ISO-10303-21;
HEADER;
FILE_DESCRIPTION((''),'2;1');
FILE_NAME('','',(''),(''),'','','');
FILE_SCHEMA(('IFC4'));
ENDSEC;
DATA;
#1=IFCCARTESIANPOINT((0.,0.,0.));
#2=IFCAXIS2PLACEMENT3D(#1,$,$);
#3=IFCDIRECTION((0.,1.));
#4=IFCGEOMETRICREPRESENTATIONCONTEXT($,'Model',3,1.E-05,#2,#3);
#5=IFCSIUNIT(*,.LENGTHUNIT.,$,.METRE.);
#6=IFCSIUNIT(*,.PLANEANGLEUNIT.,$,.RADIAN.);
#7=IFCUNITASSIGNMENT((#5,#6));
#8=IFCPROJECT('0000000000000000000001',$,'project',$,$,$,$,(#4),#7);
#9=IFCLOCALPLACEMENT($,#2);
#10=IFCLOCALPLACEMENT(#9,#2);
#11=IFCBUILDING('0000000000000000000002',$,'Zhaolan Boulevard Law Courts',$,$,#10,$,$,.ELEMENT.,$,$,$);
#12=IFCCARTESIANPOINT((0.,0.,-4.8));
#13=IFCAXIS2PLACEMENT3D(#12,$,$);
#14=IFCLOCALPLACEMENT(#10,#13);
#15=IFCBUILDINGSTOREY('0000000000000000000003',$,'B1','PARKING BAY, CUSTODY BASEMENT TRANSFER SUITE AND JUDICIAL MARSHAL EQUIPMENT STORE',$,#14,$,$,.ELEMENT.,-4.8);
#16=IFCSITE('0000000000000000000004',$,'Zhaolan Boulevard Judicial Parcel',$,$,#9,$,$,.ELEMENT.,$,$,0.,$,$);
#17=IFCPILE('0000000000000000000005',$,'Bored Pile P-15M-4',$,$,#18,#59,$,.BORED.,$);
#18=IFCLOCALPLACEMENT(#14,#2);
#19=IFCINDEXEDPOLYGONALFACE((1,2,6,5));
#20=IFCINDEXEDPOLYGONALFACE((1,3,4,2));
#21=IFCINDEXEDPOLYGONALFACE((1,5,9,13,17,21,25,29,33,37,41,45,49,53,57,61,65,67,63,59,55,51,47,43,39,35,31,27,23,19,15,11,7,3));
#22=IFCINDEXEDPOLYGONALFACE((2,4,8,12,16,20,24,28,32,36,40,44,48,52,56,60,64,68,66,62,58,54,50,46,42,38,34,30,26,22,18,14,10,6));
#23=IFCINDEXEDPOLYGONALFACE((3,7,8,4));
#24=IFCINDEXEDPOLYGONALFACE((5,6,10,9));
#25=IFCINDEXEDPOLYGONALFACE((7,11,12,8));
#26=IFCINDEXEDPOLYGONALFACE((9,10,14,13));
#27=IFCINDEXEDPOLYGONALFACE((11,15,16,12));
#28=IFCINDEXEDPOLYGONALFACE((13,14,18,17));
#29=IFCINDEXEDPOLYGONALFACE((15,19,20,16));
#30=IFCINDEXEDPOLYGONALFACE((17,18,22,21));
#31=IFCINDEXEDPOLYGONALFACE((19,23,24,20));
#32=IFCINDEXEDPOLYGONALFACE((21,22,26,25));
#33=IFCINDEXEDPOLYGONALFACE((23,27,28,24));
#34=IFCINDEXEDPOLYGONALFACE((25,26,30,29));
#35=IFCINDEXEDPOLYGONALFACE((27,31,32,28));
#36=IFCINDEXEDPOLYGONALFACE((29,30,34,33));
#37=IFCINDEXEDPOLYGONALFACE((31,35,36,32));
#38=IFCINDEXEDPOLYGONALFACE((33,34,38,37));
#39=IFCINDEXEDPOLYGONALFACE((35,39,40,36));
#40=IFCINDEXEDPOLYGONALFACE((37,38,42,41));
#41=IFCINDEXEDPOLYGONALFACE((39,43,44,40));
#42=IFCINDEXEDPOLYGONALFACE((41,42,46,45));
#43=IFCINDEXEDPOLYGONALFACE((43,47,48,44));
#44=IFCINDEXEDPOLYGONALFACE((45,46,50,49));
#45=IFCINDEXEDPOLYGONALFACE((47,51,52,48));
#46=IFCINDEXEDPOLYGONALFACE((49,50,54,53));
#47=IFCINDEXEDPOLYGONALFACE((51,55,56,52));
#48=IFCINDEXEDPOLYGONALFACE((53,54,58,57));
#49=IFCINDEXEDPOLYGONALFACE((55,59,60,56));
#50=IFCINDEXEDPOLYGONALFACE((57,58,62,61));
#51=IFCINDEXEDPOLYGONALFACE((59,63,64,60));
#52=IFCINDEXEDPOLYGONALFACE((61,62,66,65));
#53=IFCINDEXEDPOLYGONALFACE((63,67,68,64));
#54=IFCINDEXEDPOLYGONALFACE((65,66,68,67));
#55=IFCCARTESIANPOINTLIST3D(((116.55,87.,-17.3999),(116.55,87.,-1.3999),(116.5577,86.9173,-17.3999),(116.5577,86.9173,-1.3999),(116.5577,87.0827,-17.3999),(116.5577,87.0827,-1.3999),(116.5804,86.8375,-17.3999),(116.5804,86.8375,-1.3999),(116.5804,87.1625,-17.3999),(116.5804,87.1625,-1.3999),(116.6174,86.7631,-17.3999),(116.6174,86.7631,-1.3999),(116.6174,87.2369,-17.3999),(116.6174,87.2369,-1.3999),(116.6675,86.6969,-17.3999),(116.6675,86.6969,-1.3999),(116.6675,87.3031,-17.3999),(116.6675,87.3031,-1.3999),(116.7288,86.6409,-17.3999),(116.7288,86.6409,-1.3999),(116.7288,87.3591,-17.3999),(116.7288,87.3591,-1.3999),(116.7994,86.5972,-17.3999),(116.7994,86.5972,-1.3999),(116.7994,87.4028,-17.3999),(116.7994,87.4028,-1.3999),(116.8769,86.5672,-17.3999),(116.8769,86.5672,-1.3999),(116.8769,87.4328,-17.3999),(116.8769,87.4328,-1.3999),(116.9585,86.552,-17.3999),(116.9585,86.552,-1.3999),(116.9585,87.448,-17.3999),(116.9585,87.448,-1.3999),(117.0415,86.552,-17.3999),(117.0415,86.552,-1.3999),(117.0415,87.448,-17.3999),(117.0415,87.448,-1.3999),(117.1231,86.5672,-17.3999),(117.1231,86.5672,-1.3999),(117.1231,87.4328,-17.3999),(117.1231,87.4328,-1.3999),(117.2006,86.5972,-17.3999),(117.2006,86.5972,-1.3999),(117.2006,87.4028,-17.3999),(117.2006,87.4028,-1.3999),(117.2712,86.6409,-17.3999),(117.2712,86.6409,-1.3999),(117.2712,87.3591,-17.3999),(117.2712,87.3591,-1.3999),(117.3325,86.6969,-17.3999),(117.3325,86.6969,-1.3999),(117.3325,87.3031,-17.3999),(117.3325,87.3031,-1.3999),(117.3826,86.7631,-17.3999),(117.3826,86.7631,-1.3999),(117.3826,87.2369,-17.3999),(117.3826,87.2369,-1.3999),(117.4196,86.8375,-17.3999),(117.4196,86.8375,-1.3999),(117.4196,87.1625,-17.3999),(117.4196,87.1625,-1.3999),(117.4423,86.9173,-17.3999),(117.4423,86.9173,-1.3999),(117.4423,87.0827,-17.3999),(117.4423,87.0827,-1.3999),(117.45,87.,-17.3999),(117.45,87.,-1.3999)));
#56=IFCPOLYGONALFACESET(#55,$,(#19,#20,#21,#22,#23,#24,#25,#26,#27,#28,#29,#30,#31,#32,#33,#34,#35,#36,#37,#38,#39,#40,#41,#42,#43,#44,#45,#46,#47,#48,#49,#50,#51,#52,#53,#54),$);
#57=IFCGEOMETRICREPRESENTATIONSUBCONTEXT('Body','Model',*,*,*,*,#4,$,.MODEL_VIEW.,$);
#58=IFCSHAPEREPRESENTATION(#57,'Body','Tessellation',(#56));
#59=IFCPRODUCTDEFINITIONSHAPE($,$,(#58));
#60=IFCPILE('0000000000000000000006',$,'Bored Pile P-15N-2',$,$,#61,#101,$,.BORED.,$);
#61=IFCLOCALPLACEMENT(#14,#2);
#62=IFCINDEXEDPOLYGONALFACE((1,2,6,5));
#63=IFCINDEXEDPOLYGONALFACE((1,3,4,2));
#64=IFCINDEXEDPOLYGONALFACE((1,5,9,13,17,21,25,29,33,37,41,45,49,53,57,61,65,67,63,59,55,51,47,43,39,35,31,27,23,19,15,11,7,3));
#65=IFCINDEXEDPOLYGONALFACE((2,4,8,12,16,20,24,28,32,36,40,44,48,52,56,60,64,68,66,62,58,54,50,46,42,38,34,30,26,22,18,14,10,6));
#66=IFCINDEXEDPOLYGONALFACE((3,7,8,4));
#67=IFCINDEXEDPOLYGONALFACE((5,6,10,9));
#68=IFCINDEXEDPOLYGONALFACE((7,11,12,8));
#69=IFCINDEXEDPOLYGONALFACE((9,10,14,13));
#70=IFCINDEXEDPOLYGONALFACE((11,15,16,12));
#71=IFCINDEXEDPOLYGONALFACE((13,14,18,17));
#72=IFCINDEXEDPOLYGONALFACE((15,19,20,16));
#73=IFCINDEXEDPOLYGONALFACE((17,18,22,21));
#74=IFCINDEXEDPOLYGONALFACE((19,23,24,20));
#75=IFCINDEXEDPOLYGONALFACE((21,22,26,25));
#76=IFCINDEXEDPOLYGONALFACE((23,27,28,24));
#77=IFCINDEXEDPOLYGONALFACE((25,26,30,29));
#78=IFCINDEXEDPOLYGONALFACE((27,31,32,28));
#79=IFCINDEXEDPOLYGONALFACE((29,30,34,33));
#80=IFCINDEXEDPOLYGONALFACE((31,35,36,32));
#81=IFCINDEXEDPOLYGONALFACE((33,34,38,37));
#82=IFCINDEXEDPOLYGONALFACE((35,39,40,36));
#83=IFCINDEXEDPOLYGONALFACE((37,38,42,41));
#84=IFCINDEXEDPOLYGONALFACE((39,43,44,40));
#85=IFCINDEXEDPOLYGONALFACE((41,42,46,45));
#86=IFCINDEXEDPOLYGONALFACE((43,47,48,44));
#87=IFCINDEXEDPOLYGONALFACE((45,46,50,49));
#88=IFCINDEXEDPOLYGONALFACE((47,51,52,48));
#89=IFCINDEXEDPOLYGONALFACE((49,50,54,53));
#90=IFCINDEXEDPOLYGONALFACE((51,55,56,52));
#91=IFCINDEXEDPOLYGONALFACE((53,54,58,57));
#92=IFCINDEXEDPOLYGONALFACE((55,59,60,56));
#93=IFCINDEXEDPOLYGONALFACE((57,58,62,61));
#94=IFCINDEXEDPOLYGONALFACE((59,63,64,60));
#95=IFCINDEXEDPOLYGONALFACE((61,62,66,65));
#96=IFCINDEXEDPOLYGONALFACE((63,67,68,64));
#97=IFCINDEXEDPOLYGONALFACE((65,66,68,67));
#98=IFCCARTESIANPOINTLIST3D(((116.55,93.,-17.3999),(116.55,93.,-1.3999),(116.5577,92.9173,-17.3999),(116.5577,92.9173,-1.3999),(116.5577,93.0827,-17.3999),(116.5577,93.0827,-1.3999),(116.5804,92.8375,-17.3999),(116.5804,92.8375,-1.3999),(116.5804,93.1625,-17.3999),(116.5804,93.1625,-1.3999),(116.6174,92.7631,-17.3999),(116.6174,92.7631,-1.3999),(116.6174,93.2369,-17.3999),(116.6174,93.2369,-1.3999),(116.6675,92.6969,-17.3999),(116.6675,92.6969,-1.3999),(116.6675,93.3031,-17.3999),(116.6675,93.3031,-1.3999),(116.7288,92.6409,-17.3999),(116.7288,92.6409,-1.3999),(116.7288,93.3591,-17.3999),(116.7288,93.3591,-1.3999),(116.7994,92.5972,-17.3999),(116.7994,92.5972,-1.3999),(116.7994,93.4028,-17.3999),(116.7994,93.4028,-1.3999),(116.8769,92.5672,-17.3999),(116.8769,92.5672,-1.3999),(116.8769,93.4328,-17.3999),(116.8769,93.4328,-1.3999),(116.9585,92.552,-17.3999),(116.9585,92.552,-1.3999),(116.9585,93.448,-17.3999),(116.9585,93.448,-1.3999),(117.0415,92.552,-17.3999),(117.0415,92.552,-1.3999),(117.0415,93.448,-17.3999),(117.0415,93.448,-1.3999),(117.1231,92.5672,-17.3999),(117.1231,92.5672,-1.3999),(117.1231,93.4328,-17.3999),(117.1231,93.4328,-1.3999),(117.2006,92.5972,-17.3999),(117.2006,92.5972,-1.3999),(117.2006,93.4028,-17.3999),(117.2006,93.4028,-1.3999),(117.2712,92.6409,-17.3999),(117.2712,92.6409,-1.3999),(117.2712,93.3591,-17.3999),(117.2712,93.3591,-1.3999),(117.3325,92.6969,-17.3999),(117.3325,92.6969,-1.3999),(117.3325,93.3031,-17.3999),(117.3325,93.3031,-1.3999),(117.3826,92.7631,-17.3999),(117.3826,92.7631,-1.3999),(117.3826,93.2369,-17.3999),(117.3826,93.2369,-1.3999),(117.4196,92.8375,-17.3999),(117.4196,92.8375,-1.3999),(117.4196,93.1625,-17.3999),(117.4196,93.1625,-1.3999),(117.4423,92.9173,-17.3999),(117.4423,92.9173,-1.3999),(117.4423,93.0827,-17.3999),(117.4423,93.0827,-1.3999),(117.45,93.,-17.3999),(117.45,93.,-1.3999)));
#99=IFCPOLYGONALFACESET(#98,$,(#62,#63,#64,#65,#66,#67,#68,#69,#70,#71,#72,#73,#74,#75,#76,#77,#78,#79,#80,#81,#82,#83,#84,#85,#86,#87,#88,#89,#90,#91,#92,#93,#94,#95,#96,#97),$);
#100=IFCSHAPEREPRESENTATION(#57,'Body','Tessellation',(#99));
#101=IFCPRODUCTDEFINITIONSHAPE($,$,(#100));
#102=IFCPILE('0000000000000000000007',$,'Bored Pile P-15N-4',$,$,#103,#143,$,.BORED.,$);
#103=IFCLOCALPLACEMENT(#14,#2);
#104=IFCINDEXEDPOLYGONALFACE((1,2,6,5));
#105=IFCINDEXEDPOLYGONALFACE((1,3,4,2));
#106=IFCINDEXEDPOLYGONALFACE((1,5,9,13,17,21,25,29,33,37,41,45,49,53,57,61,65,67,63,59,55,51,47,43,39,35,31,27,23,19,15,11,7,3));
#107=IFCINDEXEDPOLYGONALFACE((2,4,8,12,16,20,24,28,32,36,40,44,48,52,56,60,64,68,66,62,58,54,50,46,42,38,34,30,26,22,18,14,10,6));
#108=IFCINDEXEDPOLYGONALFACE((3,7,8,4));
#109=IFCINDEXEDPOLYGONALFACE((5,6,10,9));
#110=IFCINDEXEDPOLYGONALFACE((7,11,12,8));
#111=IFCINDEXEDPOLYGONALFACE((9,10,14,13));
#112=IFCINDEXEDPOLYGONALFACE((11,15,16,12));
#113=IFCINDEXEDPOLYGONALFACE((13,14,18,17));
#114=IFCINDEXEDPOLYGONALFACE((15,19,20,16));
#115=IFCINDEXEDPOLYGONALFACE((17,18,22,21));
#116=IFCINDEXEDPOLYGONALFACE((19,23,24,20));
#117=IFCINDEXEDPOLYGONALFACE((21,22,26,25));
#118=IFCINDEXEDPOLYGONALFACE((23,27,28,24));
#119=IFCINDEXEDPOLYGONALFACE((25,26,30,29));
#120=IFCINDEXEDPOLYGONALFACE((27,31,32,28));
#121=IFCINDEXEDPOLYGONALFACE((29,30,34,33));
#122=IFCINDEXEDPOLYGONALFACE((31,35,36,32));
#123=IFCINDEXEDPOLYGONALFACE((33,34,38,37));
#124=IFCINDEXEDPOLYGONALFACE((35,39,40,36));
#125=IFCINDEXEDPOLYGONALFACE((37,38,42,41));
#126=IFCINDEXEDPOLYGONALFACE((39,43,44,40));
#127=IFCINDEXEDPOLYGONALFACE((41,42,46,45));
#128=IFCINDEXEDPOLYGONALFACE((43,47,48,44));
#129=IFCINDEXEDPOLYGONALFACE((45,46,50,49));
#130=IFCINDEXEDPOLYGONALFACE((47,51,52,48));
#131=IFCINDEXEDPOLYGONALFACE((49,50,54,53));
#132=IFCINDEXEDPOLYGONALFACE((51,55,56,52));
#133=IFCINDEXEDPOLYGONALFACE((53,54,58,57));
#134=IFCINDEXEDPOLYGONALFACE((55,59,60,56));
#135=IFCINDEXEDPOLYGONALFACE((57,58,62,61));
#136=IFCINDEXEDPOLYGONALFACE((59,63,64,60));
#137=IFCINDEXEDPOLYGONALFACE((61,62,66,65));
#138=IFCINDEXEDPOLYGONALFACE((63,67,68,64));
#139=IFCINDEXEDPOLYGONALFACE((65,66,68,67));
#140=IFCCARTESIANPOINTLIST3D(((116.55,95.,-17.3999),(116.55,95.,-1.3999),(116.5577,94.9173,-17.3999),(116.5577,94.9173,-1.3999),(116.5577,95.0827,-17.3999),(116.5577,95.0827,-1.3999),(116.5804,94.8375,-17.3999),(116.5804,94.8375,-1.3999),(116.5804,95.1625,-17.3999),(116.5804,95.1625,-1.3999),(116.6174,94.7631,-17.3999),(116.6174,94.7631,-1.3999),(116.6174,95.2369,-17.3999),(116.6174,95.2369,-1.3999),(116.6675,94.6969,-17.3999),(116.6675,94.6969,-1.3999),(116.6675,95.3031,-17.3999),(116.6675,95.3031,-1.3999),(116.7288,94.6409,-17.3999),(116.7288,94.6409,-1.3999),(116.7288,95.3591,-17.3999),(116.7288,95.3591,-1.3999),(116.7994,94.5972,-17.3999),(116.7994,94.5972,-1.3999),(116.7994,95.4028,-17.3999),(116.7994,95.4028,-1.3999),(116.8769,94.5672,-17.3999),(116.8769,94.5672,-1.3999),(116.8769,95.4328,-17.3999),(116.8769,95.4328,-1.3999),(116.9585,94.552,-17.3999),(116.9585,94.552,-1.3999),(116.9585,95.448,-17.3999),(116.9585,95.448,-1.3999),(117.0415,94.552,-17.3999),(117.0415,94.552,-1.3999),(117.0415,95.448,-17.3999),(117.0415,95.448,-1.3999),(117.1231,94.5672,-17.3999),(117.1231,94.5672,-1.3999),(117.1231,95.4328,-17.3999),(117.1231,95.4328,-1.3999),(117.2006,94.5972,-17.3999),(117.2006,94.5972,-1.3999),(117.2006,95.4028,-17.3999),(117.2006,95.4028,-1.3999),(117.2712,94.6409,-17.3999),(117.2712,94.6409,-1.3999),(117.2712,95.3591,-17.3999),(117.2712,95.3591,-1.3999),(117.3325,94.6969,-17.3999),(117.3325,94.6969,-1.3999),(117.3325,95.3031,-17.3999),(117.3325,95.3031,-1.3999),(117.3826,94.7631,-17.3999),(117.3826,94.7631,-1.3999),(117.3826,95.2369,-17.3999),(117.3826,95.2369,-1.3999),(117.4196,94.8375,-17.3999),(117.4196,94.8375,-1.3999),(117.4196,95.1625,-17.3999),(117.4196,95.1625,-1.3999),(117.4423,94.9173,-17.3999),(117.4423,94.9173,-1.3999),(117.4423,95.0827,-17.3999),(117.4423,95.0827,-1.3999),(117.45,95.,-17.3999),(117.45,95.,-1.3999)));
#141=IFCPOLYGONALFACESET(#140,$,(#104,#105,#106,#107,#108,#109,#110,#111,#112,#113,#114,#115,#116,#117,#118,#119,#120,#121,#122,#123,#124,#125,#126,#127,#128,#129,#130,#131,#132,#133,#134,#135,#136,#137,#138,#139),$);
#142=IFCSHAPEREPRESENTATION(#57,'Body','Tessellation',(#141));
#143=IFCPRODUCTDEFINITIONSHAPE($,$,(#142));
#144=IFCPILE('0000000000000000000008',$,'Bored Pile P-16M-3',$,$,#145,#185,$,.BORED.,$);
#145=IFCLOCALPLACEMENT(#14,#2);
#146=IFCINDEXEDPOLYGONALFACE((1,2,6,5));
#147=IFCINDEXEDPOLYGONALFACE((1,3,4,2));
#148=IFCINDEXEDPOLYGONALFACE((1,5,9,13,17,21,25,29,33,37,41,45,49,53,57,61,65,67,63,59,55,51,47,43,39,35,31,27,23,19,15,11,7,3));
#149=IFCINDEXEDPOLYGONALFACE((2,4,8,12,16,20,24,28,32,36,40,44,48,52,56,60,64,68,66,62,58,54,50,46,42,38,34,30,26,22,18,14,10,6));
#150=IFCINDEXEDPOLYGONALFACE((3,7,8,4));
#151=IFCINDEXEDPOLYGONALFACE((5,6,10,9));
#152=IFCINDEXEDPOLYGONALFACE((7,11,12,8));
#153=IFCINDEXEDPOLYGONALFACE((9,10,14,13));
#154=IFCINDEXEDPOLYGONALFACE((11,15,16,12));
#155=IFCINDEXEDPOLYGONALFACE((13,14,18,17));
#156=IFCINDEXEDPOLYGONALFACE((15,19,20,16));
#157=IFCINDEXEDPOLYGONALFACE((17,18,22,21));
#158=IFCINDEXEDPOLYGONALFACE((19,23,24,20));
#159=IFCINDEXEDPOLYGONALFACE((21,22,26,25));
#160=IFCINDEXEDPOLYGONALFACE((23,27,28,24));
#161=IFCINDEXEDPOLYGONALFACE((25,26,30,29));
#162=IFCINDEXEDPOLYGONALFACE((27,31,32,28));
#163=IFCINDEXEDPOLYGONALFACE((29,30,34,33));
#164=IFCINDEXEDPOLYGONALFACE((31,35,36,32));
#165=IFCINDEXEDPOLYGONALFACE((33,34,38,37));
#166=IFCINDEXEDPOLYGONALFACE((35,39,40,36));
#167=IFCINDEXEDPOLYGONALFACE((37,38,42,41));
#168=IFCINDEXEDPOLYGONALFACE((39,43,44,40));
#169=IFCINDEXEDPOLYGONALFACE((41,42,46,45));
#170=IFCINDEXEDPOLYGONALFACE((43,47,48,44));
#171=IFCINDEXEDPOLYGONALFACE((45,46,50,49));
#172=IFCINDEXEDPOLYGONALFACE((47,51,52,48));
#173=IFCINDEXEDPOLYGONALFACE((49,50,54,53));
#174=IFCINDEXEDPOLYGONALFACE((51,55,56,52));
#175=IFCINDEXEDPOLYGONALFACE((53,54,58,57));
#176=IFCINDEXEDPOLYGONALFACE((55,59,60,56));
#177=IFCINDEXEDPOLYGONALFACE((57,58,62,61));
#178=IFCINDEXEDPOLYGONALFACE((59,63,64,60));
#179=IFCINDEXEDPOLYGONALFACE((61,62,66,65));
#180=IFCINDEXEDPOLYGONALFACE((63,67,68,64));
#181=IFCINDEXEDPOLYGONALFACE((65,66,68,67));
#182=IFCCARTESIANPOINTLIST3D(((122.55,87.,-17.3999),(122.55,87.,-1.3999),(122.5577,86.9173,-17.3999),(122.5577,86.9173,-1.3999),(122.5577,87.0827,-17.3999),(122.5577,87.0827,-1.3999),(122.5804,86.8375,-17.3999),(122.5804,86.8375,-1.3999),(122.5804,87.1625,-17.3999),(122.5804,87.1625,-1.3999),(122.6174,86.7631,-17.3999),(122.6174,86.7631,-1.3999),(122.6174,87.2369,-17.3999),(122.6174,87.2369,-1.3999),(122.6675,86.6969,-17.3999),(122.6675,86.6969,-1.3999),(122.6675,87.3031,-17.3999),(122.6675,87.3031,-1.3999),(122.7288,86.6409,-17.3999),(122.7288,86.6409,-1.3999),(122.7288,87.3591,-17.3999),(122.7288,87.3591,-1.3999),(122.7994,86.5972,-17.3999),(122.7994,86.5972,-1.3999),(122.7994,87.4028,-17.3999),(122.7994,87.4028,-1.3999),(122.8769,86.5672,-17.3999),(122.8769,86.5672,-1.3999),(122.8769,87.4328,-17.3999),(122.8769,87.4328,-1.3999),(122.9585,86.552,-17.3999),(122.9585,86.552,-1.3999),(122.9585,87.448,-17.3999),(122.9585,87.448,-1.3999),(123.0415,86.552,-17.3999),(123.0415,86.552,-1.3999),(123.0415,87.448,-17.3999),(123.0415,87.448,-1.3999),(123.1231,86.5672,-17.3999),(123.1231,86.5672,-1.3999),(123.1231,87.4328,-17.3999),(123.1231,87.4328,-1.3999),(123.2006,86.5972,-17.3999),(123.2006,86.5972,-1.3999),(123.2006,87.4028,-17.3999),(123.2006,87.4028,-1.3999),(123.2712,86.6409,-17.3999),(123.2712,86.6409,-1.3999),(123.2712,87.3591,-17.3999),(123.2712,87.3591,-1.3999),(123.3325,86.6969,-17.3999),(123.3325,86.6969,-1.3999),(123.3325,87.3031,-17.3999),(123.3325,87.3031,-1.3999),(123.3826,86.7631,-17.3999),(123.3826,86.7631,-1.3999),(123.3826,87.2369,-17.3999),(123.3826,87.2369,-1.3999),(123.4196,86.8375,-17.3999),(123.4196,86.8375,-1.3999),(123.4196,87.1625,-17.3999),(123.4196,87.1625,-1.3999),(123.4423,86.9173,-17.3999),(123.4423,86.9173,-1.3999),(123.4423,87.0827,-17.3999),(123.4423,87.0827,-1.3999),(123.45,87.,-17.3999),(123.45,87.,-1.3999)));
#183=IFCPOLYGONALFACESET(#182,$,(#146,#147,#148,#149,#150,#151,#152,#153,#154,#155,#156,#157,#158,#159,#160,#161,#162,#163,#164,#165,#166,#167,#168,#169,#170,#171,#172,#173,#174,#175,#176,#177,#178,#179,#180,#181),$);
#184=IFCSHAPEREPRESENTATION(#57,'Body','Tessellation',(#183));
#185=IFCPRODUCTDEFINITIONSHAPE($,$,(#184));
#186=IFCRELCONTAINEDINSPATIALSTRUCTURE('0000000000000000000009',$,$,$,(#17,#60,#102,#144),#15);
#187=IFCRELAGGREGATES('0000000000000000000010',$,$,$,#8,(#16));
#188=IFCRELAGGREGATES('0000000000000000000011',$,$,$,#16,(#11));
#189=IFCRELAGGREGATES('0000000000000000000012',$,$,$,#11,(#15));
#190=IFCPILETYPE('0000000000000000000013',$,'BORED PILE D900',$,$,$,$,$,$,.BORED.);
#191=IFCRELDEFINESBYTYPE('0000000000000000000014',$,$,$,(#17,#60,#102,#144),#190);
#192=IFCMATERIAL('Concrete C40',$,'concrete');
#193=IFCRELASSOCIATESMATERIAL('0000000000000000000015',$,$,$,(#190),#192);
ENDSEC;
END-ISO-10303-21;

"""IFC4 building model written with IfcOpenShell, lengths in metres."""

from ifc_helpers import new_model, si_unit, direction, frame, origin, origin_2d, place, context, subcontext, project, spatial, circle, extrude, material, material_profile, profile_set, type_object, element, save


model = new_model("IFC4")

# Units and contexts
model_context = context("Model", 3, precision=1e-05, world=origin(), true_north=direction((0.0, 1.0)))
body_context = subcontext(model_context, "Body", "Model", "MODEL_VIEW")
ifc_project = project(units=[si_unit("LENGTHUNIT", "METRE"), si_unit("PLANEANGLEUNIT", "RADIAN")], contexts=[model_context])

# Site, building, storey
site_placement = place(None, origin())
site = spatial("IfcSite", under=ifc_project, at=site_placement, Name="Zhaolan Boulevard Judicial Parcel", CompositionType="ELEMENT", RefElevation=0.0)
building_placement = place(site_placement, origin())
building = spatial("IfcBuilding", under=site, at=building_placement, Name="Zhaolan Boulevard Law Courts", CompositionType="ELEMENT")
storey_placement = place(building_placement, frame((0.0, 0.0, -4.8)))
storey = spatial("IfcBuildingStorey", under=building, at=storey_placement, Name="B1", Description="PARKING BAY, CUSTODY BASEMENT TRANSFER SUITE AND JUDICIAL MARSHAL EQUIPMENT STORE", CompositionType="ELEMENT", Elevation=-4.8)

# Piles
ifc_material_1 = material(Name="Concrete C40", Category="concrete")
ifc_material_profile_1 = material_profile(ifc_material_1, circle(Radius=0.45, at=origin_2d()), Name="PILE-D900")
ifc_profile_set_1 = profile_set([ifc_material_profile_1], Name="Concrete C40")
pile_type = type_object("IfcPileType", Name="BORED PILE D900", PredefinedType="BORED", material=ifc_profile_set_1)
for number, where, z_axis, x_axis, name in (
    (1, (117.0, 87.0, -1.3999), (0.0, 0.0, -1.0), (1.0, 0.0, 0.0), "Bored Pile P-15M-4"),
    (2, (117.0, 93.0, -1.3999), (0.0, 0.0, -1.0), (1.0, 0.0, 0.0), "Bored Pile P-15N-2"),
    (3, (117.0, 95.0, -1.3999), (0.0, 0.0, -1.0), (1.0, 0.0, 0.0), "Bored Pile P-15N-4"),
    (4, (123.0, 87.0, -1.3999), (0.0, 0.0, -1.0), (1.0, 0.0, 0.0), "Bored Pile P-16M-3"),
):
    element("IfcPile", number, at=place(storey_placement, frame(where, z_axis=z_axis, x_axis=x_axis)), inside=storey, type_object=pile_type, Name=name, PredefinedType="BORED", context=body_context, shape_type="SweptSolid", body=[
        extrude(circle(Radius=0.45, at=origin_2d()), origin(), (0.0, 0.0, 1.0), 16.0),
    ])

save(model, "model.ifc")
